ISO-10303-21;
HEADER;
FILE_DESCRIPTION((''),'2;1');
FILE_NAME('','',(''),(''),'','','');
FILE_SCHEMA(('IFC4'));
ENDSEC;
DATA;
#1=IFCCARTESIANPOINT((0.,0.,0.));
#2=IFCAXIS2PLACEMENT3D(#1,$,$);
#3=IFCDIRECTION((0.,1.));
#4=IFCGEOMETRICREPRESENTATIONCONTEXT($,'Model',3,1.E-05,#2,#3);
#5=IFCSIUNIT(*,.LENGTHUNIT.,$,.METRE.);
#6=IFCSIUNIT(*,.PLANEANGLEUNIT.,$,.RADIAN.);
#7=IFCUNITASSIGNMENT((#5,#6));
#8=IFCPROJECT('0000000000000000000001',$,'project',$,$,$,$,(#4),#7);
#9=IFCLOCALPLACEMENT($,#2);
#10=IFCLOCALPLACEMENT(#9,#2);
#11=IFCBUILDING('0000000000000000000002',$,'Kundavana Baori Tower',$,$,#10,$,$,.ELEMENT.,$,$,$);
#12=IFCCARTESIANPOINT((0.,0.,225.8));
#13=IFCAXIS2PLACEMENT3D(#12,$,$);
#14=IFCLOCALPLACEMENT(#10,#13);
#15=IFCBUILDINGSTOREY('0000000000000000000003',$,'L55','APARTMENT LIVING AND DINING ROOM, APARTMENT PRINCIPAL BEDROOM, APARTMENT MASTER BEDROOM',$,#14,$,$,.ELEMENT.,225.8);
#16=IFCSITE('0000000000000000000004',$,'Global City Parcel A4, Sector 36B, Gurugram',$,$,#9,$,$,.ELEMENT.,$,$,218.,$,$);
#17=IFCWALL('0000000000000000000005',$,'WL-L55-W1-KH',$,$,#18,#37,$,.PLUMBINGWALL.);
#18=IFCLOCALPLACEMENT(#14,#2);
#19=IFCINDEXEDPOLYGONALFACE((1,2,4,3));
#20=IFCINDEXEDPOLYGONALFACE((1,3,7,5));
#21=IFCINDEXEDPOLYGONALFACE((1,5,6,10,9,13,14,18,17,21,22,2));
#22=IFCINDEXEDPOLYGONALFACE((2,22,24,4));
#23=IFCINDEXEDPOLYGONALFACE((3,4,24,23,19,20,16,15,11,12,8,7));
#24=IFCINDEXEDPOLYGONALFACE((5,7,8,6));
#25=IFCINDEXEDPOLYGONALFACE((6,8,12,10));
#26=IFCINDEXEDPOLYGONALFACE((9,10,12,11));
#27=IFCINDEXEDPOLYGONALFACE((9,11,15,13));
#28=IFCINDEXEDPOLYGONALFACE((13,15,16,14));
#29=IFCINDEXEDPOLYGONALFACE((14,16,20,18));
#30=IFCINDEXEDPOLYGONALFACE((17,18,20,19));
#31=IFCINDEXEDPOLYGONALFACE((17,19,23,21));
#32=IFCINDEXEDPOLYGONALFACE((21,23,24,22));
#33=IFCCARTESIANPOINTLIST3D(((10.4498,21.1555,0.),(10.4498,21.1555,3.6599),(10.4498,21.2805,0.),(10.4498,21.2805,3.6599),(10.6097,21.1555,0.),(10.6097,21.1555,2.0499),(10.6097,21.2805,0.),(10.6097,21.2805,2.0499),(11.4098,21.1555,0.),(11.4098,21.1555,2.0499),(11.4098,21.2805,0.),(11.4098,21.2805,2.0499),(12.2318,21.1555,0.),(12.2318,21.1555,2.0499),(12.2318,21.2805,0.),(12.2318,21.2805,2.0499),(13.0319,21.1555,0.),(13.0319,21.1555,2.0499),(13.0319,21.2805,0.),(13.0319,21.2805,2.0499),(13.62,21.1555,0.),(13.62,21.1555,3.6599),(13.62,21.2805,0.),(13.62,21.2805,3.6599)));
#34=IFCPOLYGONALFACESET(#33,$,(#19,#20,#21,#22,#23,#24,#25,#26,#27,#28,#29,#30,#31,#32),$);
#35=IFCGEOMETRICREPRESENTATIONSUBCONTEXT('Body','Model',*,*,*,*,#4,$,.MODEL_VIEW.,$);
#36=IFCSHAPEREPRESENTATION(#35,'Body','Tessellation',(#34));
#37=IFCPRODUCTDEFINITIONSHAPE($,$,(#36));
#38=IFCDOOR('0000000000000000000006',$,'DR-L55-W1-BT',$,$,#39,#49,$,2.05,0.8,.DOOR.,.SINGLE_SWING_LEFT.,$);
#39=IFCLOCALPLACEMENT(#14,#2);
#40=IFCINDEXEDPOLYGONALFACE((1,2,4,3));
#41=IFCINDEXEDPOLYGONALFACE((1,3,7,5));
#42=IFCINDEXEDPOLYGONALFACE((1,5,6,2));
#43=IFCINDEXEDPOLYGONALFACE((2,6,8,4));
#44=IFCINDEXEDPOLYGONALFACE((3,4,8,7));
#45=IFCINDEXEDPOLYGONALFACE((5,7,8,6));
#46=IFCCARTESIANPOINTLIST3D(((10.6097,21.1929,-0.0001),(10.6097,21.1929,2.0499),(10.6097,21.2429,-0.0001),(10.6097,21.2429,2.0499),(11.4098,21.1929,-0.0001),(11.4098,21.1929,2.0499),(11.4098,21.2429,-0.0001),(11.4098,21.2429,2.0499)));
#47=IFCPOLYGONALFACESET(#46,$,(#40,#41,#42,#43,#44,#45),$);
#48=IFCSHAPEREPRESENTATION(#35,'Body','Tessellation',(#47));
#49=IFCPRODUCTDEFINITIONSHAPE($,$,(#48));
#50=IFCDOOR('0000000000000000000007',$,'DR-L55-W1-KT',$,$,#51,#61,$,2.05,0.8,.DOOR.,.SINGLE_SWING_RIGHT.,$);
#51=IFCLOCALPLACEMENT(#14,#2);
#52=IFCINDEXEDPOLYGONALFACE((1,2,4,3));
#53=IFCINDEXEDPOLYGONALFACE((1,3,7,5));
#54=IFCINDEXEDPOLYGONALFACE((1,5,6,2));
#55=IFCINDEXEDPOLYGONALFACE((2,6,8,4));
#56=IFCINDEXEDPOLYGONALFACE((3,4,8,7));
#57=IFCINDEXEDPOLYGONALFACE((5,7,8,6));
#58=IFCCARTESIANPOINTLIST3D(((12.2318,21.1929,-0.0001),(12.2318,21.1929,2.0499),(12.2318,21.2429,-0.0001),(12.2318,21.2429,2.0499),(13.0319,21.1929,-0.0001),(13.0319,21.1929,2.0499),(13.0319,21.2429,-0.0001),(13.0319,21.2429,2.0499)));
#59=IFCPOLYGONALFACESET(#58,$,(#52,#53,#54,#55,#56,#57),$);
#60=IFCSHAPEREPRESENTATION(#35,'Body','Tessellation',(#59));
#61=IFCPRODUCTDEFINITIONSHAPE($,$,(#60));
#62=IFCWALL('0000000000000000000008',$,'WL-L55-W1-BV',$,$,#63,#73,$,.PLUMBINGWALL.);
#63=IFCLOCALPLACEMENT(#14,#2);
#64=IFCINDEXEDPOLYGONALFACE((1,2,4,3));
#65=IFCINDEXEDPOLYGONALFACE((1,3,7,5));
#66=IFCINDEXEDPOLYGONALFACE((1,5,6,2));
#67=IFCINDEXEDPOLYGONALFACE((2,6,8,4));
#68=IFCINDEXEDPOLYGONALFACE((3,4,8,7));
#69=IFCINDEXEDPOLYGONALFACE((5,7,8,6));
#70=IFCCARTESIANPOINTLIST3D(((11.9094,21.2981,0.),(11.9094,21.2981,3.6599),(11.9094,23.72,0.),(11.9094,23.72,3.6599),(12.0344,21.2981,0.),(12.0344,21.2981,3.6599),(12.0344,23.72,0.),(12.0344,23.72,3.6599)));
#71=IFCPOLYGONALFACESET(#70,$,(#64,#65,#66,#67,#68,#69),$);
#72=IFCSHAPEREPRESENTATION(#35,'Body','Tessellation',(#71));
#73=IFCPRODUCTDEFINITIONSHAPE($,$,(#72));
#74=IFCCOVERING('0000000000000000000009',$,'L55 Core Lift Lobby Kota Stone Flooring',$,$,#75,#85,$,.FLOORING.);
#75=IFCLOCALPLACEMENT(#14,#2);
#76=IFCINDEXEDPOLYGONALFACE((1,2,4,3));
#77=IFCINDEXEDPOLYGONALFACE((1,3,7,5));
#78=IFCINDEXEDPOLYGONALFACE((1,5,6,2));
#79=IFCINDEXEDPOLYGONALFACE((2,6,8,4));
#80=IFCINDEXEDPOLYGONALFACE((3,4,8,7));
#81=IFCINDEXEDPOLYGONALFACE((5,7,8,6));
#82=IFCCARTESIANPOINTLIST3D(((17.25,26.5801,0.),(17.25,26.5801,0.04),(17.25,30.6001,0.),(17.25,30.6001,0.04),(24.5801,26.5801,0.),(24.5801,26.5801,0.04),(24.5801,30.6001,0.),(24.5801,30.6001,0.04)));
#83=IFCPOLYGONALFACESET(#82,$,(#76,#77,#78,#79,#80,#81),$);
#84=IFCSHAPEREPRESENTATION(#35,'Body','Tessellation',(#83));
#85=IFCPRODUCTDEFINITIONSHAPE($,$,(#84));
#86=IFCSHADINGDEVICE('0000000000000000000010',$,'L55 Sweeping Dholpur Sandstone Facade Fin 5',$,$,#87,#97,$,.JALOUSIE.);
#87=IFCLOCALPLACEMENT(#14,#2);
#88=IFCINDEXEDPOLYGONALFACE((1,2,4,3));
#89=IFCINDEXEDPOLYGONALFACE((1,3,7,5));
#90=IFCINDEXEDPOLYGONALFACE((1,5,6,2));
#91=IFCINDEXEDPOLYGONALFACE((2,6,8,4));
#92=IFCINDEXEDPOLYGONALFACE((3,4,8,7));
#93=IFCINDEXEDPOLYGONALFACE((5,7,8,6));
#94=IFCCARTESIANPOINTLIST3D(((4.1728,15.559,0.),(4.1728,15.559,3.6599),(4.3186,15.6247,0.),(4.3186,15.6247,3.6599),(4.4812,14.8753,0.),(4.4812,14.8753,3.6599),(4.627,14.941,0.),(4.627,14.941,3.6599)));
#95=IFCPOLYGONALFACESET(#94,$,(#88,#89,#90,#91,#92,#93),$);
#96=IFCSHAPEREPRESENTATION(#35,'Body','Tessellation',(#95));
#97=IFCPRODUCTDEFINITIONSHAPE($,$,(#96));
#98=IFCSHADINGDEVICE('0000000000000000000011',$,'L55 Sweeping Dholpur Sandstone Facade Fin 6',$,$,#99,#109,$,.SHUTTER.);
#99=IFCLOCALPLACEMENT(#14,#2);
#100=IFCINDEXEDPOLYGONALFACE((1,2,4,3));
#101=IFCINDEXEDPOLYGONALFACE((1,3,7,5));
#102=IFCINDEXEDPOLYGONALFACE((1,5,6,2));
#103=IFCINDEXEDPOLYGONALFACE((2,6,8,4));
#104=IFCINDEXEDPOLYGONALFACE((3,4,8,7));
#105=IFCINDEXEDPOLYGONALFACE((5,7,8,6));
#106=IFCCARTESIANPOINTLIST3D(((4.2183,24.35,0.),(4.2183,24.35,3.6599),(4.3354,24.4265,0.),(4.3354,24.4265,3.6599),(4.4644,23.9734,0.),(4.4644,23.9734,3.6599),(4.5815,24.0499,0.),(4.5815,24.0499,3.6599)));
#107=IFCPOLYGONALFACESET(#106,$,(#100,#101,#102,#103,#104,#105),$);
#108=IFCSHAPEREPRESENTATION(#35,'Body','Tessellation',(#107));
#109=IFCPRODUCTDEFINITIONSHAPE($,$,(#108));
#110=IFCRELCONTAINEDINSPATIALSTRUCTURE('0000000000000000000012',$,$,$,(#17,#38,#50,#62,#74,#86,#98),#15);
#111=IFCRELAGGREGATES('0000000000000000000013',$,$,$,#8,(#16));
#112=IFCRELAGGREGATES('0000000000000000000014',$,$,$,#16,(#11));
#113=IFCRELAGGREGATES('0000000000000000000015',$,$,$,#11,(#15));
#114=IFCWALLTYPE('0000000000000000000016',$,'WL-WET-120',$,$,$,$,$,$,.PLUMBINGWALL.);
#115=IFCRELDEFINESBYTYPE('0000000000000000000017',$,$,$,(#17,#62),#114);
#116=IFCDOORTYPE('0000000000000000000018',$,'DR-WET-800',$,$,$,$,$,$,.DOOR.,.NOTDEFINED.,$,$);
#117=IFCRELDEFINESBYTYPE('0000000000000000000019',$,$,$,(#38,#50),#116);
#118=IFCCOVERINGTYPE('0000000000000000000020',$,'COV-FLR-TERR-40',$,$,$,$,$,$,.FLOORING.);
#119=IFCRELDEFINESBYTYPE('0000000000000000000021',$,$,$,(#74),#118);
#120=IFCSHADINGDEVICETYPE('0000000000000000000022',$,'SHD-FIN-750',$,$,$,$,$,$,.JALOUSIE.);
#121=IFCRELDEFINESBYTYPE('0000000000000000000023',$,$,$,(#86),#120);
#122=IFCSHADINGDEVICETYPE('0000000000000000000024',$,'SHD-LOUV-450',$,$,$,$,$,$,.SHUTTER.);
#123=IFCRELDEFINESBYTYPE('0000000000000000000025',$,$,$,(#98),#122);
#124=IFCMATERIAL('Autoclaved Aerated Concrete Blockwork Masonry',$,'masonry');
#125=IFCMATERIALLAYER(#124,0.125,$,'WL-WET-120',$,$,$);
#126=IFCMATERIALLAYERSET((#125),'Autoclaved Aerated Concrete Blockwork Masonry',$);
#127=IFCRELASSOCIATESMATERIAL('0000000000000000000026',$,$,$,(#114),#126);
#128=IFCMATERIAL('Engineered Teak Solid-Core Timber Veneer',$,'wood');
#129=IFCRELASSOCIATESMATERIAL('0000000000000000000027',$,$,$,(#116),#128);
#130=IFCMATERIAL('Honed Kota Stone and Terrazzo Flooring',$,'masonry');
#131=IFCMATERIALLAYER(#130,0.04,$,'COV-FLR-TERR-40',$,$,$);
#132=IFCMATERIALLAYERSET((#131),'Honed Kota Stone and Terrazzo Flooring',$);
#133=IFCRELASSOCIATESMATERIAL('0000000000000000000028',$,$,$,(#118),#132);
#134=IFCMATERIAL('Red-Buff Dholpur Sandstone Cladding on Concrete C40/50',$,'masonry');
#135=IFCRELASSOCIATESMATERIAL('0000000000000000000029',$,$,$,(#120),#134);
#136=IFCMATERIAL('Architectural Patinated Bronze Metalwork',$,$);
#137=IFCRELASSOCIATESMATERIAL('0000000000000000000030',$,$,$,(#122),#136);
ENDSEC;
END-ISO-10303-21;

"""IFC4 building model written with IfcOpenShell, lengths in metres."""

from ifc_helpers import new_model, si_unit, direction, frame, frame_2d, origin, origin_2d, place, context, subcontext, project, spatial, polyline, rectangle, outline, extrude, material, layer, layer_set, type_object, element, fill, save


model = new_model("IFC4")

# Units and contexts
model_context = context("Model", 3, precision=1e-05, world=origin(), true_north=direction((0.0, 1.0)))
body_context = subcontext(model_context, "Body", "Model", "MODEL_VIEW")
ifc_project = project(units=[si_unit("LENGTHUNIT", "METRE"), si_unit("PLANEANGLEUNIT", "RADIAN")], contexts=[model_context])

# Site, building, storey
site_placement = place(None, origin())
site = spatial("IfcSite", under=ifc_project, at=site_placement, Name="Global City Parcel A4, Sector 36B, Gurugram", CompositionType="ELEMENT", RefElevation=218.0)
building_placement = place(site_placement, origin())
building = spatial("IfcBuilding", under=site, at=building_placement, Name="Kundavana Baori Tower", CompositionType="ELEMENT")
storey_placement = place(building_placement, frame((0.0, 0.0, 225.8)))
storey = spatial("IfcBuildingStorey", under=building, at=storey_placement, Name="L55", Description="APARTMENT LIVING AND DINING ROOM, APARTMENT PRINCIPAL BEDROOM, APARTMENT MASTER BEDROOM", CompositionType="ELEMENT", Elevation=225.8)

# Wall, openings, doors
ifc_material_1 = material(Name="Autoclaved Aerated Concrete Blockwork Masonry", Category="masonry")
ifc_layer_1 = layer(ifc_material_1, 0.125, Name="WL-WET-120")
ifc_layer_set_1 = layer_set([ifc_layer_1], Name="Autoclaved Aerated Concrete Blockwork Masonry")
wall_type_1 = type_object("IfcWallType", Name="WL-WET-120", PredefinedType="PLUMBINGWALL", material=ifc_layer_set_1)
wall_1_placement = place(storey_placement, frame((10.45, 21.218, 0.0), z_axis=(0.0, 0.0, 1.0), x_axis=(1.0, 0.0, 0.0)))
wall_1 = element("IfcWall", 1, at=wall_1_placement, inside=storey, type_object=wall_type_1, Name="WL-L55-W1-KH", PredefinedType="PLUMBINGWALL", context=body_context, shape_type="SweptSolid", body=[
    extrude(rectangle(XDim=3.1702, YDim=0.125, at=frame_2d((1.585, 0.0))), origin(), (0.0, 0.0, 1.0), 3.6599),
])
opening_1_placement = place(wall_1_placement, frame((0.1599, 0.0, 0.0)))
opening_1 = element("IfcOpeningElement", 2, at=opening_1_placement, cuts=wall_1, PredefinedType="OPENING", context=body_context, shape_type="SweptSolid", body=[
    extrude(rectangle(XDim=0.8, YDim=2.05, at=frame_2d((0.3999, 1.0249))), frame((0.0, 0.0725, 0.0), z_axis=(0.0, -1.0, 0.0), x_axis=(1.0, 0.0, 0.0)), (0.0, 0.0, 1.0), 0.145),
])
opening_2_placement = place(wall_1_placement, frame((1.782, 0.0, 0.0)))
opening_2 = element("IfcOpeningElement", 3, at=opening_2_placement, cuts=wall_1, PredefinedType="OPENING", context=body_context, shape_type="SweptSolid", body=[
    extrude(rectangle(XDim=0.8, YDim=2.05, at=frame_2d((0.3999, 1.0249))), frame((0.0, 0.0725, 0.0), z_axis=(0.0, -1.0, 0.0), x_axis=(1.0, 0.0, 0.0)), (0.0, 0.0, 1.0), 0.145),
])
ifc_material_2 = material(Name="Engineered Teak Solid-Core Timber Veneer", Category="wood")
door_type_1 = type_object("IfcDoorType", Name="DR-WET-800", OperationType="NOTDEFINED", PredefinedType="DOOR", material=ifc_material_2)
door_1_placement = place(opening_1_placement, origin())
door_1 = element("IfcDoor", 4, at=door_1_placement, inside=storey, type_object=door_type_1, Name="DR-L55-W1-BT", OperationType="SINGLE_SWING_LEFT", OverallHeight=2.05, OverallWidth=0.8, PredefinedType="DOOR", context=body_context, shape_type="SweptSolid", body=[
    extrude(rectangle(XDim=0.8, YDim=2.05, at=frame_2d((0.3999, 1.0249))), frame((0.0, 0.0249, 0.0), z_axis=(0.0, -1.0, 0.0), x_axis=(1.0, 0.0, 0.0)), (0.0, 0.0, 1.0), 0.05),
])
fill(opening_1, door_1)
door_2_placement = place(opening_2_placement, origin())
door_2 = element("IfcDoor", 5, at=door_2_placement, inside=storey, type_object=door_type_1, Name="DR-L55-W1-KT", OperationType="SINGLE_SWING_RIGHT", OverallHeight=2.05, OverallWidth=0.8, PredefinedType="DOOR", context=body_context, shape_type="SweptSolid", body=[
    extrude(rectangle(XDim=0.8, YDim=2.05, at=frame_2d((0.3999, 1.0249))), frame((0.0, 0.0249, 0.0), z_axis=(0.0, -1.0, 0.0), x_axis=(1.0, 0.0, 0.0)), (0.0, 0.0, 1.0), 0.05),
])
fill(opening_2, door_2)

# Wall
wall_2_placement = place(storey_placement, frame((11.9719, 21.2981, 0.0), z_axis=(0.0, 0.0, 1.0), x_axis=(0.0, 1.0, 0.0)))
element("IfcWall", 6, at=wall_2_placement, inside=storey, type_object=wall_type_1, Name="WL-L55-W1-BV", PredefinedType="PLUMBINGWALL", context=body_context, shape_type="SweptSolid", body=[
    extrude(rectangle(XDim=2.4219, YDim=0.125, at=frame_2d((1.2109, 0.0))), origin(), (0.0, 0.0, 1.0), 3.6599),
])

# Covering
ifc_material_3 = material(Name="Honed Kota Stone and Terrazzo Flooring", Category="masonry")
ifc_layer_2 = layer(ifc_material_3, 0.04, Name="COV-FLR-TERR-40")
ifc_layer_set_2 = layer_set([ifc_layer_2], Name="Honed Kota Stone and Terrazzo Flooring")
covering_type = type_object("IfcCoveringType", Name="COV-FLR-TERR-40", PredefinedType="FLOORING", material=ifc_layer_set_2)
covering_placement = place(storey_placement, origin())
element("IfcCovering", 7, at=covering_placement, inside=storey, type_object=covering_type, Name="L55 Core Lift Lobby Kota Stone Flooring", PredefinedType="FLOORING", context=body_context, shape_type="SweptSolid", body=[
    extrude(outline(polyline([(17.25, 26.5801), (24.5801, 26.5801), (24.5801, 30.6001), (17.25, 30.6001), (17.25, 26.5801)])), origin(), (0.0, 0.0, 1.0), 0.04),
])

# Shading devices
ifc_material_4 = material(Name="Red-Buff Dholpur Sandstone Cladding on Concrete C40/50", Category="masonry")
shading_device_type_1 = type_object("IfcShadingDeviceType", Name="SHD-FIN-750", PredefinedType="JALOUSIE", material=ifc_material_4)
shading_device_1_placement = place(storey_placement, frame((4.3999, 15.25, 0.0), z_axis=(0.0, 0.0, 1.0), x_axis=(0.911547, 0.411196, 0.0)))
element("IfcShadingDevice", 8, at=shading_device_1_placement, inside=storey, type_object=shading_device_type_1, Name="L55 Sweeping Dholpur Sandstone Facade Fin 5", PredefinedType="JALOUSIE", context=body_context, shape_type="SweptSolid", body=[
    extrude(rectangle(XDim=0.1599, YDim=0.75, at=origin_2d()), origin(), (0.0, 0.0, 1.0), 3.6599),
])
ifc_material_5 = material(Name="Architectural Patinated Bronze Metalwork")
shading_device_type_2 = type_object("IfcShadingDeviceType", Name="SHD-LOUV-450", PredefinedType="SHUTTER", material=ifc_material_5)
shading_device_2_placement = place(storey_placement, frame((4.3999, 24.2, 0.0), z_axis=(0.0, 0.0, 1.0), x_axis=(0.837051, 0.547125, 0.0)))
element("IfcShadingDevice", 9, at=shading_device_2_placement, inside=storey, type_object=shading_device_type_2, Name="L55 Sweeping Dholpur Sandstone Facade Fin 6", PredefinedType="SHUTTER", context=body_context, shape_type="SweptSolid", body=[
    extrude(rectangle(XDim=0.1399, YDim=0.45, at=origin_2d()), origin(), (0.0, 0.0, 1.0), 3.6599),
])

save(model, "model.ifc")
